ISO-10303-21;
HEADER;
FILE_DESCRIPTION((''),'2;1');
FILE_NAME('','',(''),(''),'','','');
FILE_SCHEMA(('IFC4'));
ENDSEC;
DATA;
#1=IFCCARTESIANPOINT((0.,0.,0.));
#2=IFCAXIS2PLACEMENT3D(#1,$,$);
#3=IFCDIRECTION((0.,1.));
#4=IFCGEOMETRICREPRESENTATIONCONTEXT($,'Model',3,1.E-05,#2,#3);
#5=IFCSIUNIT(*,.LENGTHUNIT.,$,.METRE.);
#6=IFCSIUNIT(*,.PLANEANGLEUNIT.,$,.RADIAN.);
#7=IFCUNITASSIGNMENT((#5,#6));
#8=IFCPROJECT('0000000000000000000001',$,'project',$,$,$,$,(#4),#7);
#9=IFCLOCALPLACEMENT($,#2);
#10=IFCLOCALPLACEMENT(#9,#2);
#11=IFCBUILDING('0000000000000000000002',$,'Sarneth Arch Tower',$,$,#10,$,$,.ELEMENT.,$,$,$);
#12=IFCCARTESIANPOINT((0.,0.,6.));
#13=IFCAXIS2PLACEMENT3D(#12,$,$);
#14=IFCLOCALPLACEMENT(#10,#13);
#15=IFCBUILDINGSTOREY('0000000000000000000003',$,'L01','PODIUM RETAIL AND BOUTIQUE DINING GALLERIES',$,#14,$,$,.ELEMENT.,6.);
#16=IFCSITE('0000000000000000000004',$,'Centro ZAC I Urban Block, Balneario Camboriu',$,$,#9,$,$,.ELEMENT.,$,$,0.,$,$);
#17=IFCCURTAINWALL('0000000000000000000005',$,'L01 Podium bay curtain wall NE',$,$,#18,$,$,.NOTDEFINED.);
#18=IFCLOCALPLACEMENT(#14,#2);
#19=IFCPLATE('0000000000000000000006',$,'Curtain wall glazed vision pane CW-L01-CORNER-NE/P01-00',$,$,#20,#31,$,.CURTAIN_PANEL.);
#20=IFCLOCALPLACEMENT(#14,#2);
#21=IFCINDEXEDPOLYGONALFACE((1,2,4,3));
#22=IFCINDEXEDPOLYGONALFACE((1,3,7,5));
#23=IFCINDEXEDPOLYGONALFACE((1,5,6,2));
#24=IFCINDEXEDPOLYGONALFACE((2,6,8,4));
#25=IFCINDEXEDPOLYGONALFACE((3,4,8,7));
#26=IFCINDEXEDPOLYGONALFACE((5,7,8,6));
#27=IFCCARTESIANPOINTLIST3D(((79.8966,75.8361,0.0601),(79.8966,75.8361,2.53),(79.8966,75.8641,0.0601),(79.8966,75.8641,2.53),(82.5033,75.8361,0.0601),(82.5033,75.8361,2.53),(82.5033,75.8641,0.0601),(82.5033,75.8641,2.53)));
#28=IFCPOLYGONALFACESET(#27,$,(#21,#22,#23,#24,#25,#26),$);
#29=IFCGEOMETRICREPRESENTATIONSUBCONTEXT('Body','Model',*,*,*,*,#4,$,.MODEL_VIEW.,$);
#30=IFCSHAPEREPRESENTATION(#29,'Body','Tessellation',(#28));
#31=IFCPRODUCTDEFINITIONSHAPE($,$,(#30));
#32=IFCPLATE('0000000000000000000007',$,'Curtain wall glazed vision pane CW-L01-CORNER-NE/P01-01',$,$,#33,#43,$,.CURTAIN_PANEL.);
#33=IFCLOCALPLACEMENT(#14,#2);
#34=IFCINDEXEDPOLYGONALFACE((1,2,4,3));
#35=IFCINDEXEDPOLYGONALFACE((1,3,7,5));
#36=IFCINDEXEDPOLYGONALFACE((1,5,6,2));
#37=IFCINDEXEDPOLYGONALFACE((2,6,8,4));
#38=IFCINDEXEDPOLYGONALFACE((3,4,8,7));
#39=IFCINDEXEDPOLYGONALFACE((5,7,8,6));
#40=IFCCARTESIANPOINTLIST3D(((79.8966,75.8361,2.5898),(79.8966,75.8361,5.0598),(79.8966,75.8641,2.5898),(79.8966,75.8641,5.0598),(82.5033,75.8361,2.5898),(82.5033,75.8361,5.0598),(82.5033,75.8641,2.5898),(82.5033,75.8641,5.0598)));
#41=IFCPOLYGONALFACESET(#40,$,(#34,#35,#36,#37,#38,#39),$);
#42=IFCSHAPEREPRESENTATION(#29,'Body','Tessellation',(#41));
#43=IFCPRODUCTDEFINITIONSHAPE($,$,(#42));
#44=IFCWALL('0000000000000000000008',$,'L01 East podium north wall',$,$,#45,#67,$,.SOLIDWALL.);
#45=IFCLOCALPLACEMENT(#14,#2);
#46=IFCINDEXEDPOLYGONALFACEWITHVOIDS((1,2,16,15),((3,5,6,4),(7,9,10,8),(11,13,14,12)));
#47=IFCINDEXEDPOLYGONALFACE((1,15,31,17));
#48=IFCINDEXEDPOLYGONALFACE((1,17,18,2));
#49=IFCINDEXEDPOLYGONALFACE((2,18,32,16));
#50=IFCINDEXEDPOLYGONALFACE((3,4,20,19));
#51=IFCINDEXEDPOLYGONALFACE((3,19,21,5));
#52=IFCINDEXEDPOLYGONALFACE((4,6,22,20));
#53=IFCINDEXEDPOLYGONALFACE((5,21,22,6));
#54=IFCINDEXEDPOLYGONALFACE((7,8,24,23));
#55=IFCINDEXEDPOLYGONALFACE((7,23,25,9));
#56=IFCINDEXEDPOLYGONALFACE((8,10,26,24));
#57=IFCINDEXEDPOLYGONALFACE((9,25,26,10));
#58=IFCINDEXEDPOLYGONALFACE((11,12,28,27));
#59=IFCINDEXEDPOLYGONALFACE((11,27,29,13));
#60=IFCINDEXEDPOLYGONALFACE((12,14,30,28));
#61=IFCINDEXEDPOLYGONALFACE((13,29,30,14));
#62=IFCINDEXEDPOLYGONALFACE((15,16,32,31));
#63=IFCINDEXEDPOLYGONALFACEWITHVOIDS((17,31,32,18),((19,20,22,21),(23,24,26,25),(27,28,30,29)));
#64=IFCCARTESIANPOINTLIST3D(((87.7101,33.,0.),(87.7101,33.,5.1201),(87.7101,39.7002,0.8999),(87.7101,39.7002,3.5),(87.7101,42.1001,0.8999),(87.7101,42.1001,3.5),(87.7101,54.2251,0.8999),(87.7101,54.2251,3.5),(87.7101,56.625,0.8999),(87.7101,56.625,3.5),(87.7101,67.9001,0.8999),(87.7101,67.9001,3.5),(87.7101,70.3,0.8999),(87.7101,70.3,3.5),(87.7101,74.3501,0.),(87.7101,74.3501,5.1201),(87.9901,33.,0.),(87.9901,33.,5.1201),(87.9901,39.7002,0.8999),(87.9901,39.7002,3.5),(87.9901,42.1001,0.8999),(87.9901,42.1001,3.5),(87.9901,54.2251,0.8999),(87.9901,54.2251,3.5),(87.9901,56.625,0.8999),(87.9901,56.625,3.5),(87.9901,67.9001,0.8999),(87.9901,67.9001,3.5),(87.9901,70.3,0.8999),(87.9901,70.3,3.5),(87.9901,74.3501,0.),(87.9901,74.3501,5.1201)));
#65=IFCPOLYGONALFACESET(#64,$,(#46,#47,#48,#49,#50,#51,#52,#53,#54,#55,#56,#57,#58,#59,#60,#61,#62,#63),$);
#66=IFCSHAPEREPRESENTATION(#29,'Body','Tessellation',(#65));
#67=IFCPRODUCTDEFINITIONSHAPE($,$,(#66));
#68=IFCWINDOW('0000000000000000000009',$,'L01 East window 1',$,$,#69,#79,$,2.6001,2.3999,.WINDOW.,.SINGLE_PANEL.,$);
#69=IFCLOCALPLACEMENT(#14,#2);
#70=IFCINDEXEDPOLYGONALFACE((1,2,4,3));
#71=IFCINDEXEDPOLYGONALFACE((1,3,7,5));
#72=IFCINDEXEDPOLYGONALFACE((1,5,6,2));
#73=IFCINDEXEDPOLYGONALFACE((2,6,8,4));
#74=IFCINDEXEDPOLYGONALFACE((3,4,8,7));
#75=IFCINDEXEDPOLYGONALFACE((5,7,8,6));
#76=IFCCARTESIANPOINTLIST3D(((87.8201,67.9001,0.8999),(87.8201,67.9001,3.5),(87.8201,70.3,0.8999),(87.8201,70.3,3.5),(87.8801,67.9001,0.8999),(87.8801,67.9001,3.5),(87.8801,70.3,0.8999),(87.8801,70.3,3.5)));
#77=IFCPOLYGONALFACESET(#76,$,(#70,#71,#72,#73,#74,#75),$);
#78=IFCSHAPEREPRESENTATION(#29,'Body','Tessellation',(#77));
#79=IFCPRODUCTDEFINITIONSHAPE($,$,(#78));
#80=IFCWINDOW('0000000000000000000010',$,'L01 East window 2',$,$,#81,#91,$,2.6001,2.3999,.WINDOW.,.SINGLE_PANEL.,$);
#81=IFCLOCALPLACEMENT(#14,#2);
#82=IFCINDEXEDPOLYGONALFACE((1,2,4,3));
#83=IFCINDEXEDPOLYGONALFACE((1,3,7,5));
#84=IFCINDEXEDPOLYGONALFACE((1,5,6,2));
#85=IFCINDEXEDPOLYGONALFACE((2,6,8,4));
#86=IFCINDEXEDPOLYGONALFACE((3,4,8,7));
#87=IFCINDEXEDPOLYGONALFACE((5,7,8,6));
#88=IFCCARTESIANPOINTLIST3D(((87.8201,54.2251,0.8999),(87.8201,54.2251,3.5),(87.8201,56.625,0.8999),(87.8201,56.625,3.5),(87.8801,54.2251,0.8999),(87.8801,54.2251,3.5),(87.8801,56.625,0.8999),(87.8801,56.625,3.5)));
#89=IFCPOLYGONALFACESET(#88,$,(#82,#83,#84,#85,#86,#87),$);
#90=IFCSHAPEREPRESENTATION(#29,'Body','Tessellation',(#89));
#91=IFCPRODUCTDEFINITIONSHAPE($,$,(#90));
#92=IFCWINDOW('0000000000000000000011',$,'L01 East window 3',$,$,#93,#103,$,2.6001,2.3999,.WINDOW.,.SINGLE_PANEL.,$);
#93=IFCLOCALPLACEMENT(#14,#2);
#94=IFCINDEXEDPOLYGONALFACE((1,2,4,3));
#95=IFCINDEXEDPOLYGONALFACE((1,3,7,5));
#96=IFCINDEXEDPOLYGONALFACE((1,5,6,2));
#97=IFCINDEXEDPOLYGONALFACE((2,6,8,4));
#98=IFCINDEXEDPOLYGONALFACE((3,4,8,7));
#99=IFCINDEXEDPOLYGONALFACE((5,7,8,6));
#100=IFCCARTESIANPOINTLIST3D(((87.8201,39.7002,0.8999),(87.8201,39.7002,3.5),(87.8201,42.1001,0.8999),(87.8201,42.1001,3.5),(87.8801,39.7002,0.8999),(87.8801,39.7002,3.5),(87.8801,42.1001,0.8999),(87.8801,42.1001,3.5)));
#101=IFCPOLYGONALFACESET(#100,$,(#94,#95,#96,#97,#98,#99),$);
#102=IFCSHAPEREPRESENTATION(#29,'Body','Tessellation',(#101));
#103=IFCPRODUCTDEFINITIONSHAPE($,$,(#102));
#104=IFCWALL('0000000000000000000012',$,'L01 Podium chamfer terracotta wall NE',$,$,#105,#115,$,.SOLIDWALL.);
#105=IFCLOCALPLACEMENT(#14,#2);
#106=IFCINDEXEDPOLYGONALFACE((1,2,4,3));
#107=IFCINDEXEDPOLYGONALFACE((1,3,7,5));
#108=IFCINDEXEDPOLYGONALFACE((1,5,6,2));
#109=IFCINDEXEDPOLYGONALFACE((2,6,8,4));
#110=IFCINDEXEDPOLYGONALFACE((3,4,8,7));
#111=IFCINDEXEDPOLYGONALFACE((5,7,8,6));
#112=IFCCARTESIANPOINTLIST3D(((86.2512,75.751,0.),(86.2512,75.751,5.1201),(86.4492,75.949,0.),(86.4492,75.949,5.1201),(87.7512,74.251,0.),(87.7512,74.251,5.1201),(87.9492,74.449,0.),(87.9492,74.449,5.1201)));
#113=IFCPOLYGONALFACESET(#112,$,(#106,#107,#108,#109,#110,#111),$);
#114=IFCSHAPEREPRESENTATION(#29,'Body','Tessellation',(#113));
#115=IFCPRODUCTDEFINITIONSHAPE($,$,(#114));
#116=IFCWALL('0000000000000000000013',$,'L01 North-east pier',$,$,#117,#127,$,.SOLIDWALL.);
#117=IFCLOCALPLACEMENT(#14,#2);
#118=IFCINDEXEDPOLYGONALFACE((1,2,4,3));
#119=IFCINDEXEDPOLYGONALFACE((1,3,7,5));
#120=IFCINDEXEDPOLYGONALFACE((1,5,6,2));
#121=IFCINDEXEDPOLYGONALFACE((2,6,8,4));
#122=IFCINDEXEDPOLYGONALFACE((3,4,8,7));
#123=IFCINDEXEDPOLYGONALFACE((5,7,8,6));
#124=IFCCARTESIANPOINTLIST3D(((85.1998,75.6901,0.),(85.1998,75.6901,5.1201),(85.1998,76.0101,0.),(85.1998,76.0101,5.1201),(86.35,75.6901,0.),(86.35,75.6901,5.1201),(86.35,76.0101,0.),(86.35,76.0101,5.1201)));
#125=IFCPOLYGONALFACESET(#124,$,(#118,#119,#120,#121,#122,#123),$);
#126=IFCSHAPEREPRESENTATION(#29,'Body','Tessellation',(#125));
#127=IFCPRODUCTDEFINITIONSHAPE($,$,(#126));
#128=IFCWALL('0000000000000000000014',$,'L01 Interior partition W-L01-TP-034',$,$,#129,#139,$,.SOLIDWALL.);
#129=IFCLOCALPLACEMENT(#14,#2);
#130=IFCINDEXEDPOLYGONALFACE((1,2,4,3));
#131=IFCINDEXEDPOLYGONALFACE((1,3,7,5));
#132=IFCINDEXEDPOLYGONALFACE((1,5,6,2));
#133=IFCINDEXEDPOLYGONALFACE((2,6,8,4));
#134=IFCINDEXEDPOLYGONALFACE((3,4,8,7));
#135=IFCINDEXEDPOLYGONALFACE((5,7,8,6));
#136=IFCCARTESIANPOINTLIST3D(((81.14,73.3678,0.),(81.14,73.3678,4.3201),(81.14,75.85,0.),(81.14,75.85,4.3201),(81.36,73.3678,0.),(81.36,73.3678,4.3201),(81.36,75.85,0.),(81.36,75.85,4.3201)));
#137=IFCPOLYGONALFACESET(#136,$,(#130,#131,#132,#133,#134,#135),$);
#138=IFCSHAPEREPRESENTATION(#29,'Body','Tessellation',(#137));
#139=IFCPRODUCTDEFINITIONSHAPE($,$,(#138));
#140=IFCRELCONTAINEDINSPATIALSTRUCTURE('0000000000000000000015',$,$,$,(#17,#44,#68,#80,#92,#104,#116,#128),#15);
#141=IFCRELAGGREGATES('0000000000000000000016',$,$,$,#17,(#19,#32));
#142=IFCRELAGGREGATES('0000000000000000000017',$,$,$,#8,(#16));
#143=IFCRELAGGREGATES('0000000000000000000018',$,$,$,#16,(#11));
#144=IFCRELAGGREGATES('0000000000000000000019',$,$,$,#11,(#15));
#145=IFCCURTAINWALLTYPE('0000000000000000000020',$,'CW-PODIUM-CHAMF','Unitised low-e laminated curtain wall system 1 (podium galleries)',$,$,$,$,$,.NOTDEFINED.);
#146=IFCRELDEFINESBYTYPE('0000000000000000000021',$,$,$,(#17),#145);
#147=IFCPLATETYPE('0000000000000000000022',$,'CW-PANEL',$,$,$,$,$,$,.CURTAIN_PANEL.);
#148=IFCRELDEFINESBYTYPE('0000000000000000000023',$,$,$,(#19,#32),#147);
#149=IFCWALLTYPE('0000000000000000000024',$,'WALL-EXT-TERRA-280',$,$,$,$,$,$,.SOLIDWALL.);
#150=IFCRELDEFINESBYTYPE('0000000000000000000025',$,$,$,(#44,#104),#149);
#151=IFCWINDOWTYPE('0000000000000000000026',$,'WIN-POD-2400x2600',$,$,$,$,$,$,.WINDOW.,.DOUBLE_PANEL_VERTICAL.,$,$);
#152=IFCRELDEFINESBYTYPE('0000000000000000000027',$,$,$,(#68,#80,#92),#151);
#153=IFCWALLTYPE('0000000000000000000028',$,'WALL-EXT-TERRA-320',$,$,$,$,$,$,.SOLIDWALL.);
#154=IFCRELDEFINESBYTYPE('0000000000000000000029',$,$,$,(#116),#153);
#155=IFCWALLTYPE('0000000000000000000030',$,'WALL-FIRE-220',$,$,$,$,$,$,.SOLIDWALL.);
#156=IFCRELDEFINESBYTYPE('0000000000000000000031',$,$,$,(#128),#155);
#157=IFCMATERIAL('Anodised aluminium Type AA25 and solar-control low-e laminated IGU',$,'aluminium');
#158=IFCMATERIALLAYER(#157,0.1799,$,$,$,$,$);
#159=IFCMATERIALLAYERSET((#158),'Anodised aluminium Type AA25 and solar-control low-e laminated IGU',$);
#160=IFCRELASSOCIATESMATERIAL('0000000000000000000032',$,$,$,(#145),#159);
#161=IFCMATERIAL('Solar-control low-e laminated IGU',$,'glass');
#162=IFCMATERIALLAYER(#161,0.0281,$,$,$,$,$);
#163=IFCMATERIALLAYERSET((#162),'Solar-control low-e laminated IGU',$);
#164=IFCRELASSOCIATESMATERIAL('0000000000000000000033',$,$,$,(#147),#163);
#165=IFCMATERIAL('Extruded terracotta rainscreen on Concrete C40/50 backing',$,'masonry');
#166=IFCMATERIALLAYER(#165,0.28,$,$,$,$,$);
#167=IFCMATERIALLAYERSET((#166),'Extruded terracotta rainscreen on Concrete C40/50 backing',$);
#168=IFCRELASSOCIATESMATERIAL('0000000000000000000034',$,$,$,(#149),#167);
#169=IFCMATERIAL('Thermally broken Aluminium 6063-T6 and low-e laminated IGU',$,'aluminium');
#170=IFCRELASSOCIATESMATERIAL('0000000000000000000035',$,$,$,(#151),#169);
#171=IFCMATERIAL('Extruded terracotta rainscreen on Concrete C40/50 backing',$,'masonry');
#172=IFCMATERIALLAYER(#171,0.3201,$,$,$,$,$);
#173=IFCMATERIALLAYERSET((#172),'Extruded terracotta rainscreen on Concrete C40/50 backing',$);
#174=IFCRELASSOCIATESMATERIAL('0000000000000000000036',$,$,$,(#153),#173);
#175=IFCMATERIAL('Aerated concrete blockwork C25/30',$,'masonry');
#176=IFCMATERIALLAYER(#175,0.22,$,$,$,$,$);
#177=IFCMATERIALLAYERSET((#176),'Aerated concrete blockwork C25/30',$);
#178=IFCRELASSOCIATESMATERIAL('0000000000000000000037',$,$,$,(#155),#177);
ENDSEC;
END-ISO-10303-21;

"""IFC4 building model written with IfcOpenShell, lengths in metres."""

from ifc_helpers import new_model, si_unit, direction, frame, frame_2d, origin, origin_2d, place, context, subcontext, project, spatial, rectangle, extrude, material, layer, layer_set, type_object, element, fill, aggregate, save


model = new_model("IFC4")

# Units and contexts
model_context = context("Model", 3, precision=1e-05, world=origin(), true_north=direction((0.0, 1.0)))
body_context = subcontext(model_context, "Body", "Model", "MODEL_VIEW")
ifc_project = project(units=[si_unit("LENGTHUNIT", "METRE"), si_unit("PLANEANGLEUNIT", "RADIAN")], contexts=[model_context])

# Site, building, storey
site_placement = place(None, origin())
site = spatial("IfcSite", under=ifc_project, at=site_placement, Name="Centro ZAC I Urban Block, Balneario Camboriu", CompositionType="ELEMENT", RefElevation=0.0)
building_placement = place(site_placement, origin())
building = spatial("IfcBuilding", under=site, at=building_placement, Name="Sarneth Arch Tower", CompositionType="ELEMENT")
storey_placement = place(building_placement, frame((0.0, 0.0, 6.0)))
storey = spatial("IfcBuildingStorey", under=building, at=storey_placement, Name="L01", Description="PODIUM RETAIL AND BOUTIQUE DINING GALLERIES", CompositionType="ELEMENT", Elevation=6.0)

# Curtain wall, plates
ifc_material_1 = material(Name="Anodised aluminium Type AA25 and solar-control low-e laminated IGU", Category="aluminium")
ifc_layer_1 = layer(ifc_material_1, 0.1799)
ifc_layer_set_1 = layer_set([ifc_layer_1], Name="Anodised aluminium Type AA25 and solar-control low-e laminated IGU")
curtain_wall_type = type_object("IfcCurtainWallType", Name="CW-PODIUM-CHAMF", Description="Unitised low-e laminated curtain wall system 1 (podium galleries)", PredefinedType="NOTDEFINED", material=ifc_layer_set_1)
curtain_wall_placement = place(storey_placement, origin())
curtain_wall = element("IfcCurtainWall", 1, at=curtain_wall_placement, inside=storey, type_object=curtain_wall_type, Name="L01 Podium bay curtain wall NE", PredefinedType="NOTDEFINED")
ifc_material_2 = material(Name="Solar-control low-e laminated IGU", Category="glass")
ifc_layer_2 = layer(ifc_material_2, 0.0281)
ifc_layer_set_2 = layer_set([ifc_layer_2], Name="Solar-control low-e laminated IGU")
plate_type = type_object("IfcPlateType", Name="CW-PANEL", PredefinedType="CURTAIN_PANEL", material=ifc_layer_set_2)
plate_1_placement = place(storey_placement, frame((81.2, 75.8501, 0.0601), z_axis=(0.0, 0.0, 1.0), x_axis=(-1.0, 0.0, 0.0)))
plate_1 = element("IfcPlate", 2, at=plate_1_placement, type_object=plate_type, Name="Curtain wall glazed vision pane CW-L01-CORNER-NE/P01-00", PredefinedType="CURTAIN_PANEL", context=body_context, shape_type="SweptSolid", body=[
    extrude(rectangle(XDim=2.6067, YDim=0.0281, at=origin_2d()), origin(), (0.0, 0.0, 1.0), 2.47),
])
plate_2_placement = place(storey_placement, frame((81.2, 75.8501, 2.5898), z_axis=(0.0, 0.0, 1.0), x_axis=(-1.0, 0.0, 0.0)))
plate_2 = element("IfcPlate", 3, at=plate_2_placement, type_object=plate_type, Name="Curtain wall glazed vision pane CW-L01-CORNER-NE/P01-01", PredefinedType="CURTAIN_PANEL", context=body_context, shape_type="SweptSolid", body=[
    extrude(rectangle(XDim=2.6067, YDim=0.0281, at=origin_2d()), origin(), (0.0, 0.0, 1.0), 2.47),
])
aggregate(curtain_wall, [plate_1, plate_2])

# Wall, openings, windows
ifc_material_3 = material(Name="Extruded terracotta rainscreen on Concrete C40/50 backing", Category="masonry")
ifc_layer_3 = layer(ifc_material_3, 0.28)
ifc_layer_set_3 = layer_set([ifc_layer_3], Name="Extruded terracotta rainscreen on Concrete C40/50 backing")
wall_type_1 = type_object("IfcWallType", Name="WALL-EXT-TERRA-280", PredefinedType="SOLIDWALL", material=ifc_layer_set_3)
wall_1_placement = place(storey_placement, frame((87.8501, 74.3501, 0.0), z_axis=(0.0, 0.0, 1.0), x_axis=(0.0, -1.0, 0.0)))
wall_1 = element("IfcWall", 4, at=wall_1_placement, inside=storey, type_object=wall_type_1, Name="L01 East podium north wall", PredefinedType="SOLIDWALL", context=body_context, shape_type="SweptSolid", body=[
    extrude(rectangle(XDim=41.3501, YDim=0.28, at=frame_2d((20.675, 0.0))), origin(), (0.0, 0.0, 1.0), 5.1201),
])
opening_1_placement = place(wall_1_placement, frame((4.05, 0.0, 0.8999)))
opening_1 = element("IfcOpeningElement", 5, at=opening_1_placement, cuts=wall_1, PredefinedType="OPENING", context=body_context, shape_type="SweptSolid", body=[
    extrude(rectangle(XDim=2.3999, YDim=2.6001, at=frame_2d((1.2, 1.3))), frame((0.0, 0.1499, 0.0), z_axis=(0.0, -1.0, 0.0), x_axis=(1.0, 0.0, 0.0)), (0.0, 0.0, 1.0), 0.3),
])
opening_2_placement = place(wall_1_placement, frame((17.7251, 0.0, 0.8999)))
opening_2 = element("IfcOpeningElement", 6, at=opening_2_placement, cuts=wall_1, PredefinedType="OPENING", context=body_context, shape_type="SweptSolid", body=[
    extrude(rectangle(XDim=2.3999, YDim=2.6001, at=frame_2d((1.2, 1.3))), frame((0.0, 0.1499, 0.0), z_axis=(0.0, -1.0, 0.0), x_axis=(1.0, 0.0, 0.0)), (0.0, 0.0, 1.0), 0.3),
])
opening_3_placement = place(wall_1_placement, frame((32.25, 0.0, 0.8999)))
opening_3 = element("IfcOpeningElement", 7, at=opening_3_placement, cuts=wall_1, PredefinedType="OPENING", context=body_context, shape_type="SweptSolid", body=[
    extrude(rectangle(XDim=2.3999, YDim=2.6001, at=frame_2d((1.2, 1.3))), frame((0.0, 0.1499, 0.0), z_axis=(0.0, -1.0, 0.0), x_axis=(1.0, 0.0, 0.0)), (0.0, 0.0, 1.0), 0.3),
])
ifc_material_4 = material(Name="Thermally broken Aluminium 6063-T6 and low-e laminated IGU", Category="aluminium")
window_type = type_object("IfcWindowType", Name="WIN-POD-2400x2600", PartitioningType="DOUBLE_PANEL_VERTICAL", PredefinedType="WINDOW", material=ifc_material_4)
window_1_placement = place(opening_1_placement, origin())
window_1 = element("IfcWindow", 8, at=window_1_placement, inside=storey, type_object=window_type, Name="L01 East window 1", OverallHeight=2.6001, OverallWidth=2.3999, PartitioningType="SINGLE_PANEL", PredefinedType="WINDOW", context=body_context, shape_type="SweptSolid", body=[
    extrude(rectangle(XDim=2.3999, YDim=2.6001, at=frame_2d((1.2, 1.3))), frame((0.0, 0.03, 0.0), z_axis=(0.0, -1.0, 0.0), x_axis=(1.0, 0.0, 0.0)), (0.0, 0.0, 1.0), 0.0601),
])
fill(opening_1, window_1)
window_2_placement = place(opening_2_placement, origin())
window_2 = element("IfcWindow", 9, at=window_2_placement, inside=storey, type_object=window_type, Name="L01 East window 2", OverallHeight=2.6001, OverallWidth=2.3999, PartitioningType="SINGLE_PANEL", PredefinedType="WINDOW", context=body_context, shape_type="SweptSolid", body=[
    extrude(rectangle(XDim=2.3999, YDim=2.6001, at=frame_2d((1.2, 1.3))), frame((0.0, 0.03, 0.0), z_axis=(0.0, -1.0, 0.0), x_axis=(1.0, 0.0, 0.0)), (0.0, 0.0, 1.0), 0.0601),
])
fill(opening_2, window_2)
window_3_placement = place(opening_3_placement, origin())
window_3 = element("IfcWindow", 10, at=window_3_placement, inside=storey, type_object=window_type, Name="L01 East window 3", OverallHeight=2.6001, OverallWidth=2.3999, PartitioningType="SINGLE_PANEL", PredefinedType="WINDOW", context=body_context, shape_type="SweptSolid", body=[
    extrude(rectangle(XDim=2.3999, YDim=2.6001, at=frame_2d((1.2, 1.3))), frame((0.0, 0.03, 0.0), z_axis=(0.0, -1.0, 0.0), x_axis=(1.0, 0.0, 0.0)), (0.0, 0.0, 1.0), 0.0601),
])
fill(opening_3, window_3)

# Walls
wall_2_placement = place(storey_placement, frame((87.8501, 74.3501, 0.0), z_axis=(0.0, 0.0, 1.0), x_axis=(-0.707107, 0.707107, 0.0)))
element("IfcWall", 11, at=wall_2_placement, inside=storey, type_object=wall_type_1, Name="L01 Podium chamfer terracotta wall NE", PredefinedType="SOLIDWALL", context=body_context, shape_type="SweptSolid", body=[
    extrude(rectangle(XDim=2.1213, YDim=0.28, at=frame_2d((1.0605, 0.0))), origin(), (0.0, 0.0, 1.0), 5.1201),
])
ifc_material_5 = material(Name="Extruded terracotta rainscreen on Concrete C40/50 backing", Category="masonry")
ifc_layer_4 = layer(ifc_material_5, 0.3201)
ifc_layer_set_4 = layer_set([ifc_layer_4], Name="Extruded terracotta rainscreen on Concrete C40/50 backing")
wall_type_2 = type_object("IfcWallType", Name="WALL-EXT-TERRA-320", PredefinedType="SOLIDWALL", material=ifc_layer_set_4)
wall_3_placement = place(storey_placement, frame((86.3501, 75.8501, 0.0), z_axis=(0.0, 0.0, 1.0), x_axis=(-1.0, 0.0, 0.0)))
element("IfcWall", 12, at=wall_3_placement, inside=storey, type_object=wall_type_2, Name="L01 North-east pier", PredefinedType="SOLIDWALL", context=body_context, shape_type="SweptSolid", body=[
    extrude(rectangle(XDim=1.1501, YDim=0.3201, at=frame_2d((0.5752, 0.0))), origin(), (0.0, 0.0, 1.0), 5.1201),
])
ifc_material_6 = material(Name="Aerated concrete blockwork C25/30", Category="masonry")
ifc_layer_5 = layer(ifc_material_6, 0.22)
ifc_layer_set_5 = layer_set([ifc_layer_5], Name="Aerated concrete blockwork C25/30")
wall_type_3 = type_object("IfcWallType", Name="WALL-FIRE-220", PredefinedType="SOLIDWALL", material=ifc_layer_set_5)
wall_4_placement = place(storey_placement, frame((81.25, 75.8501, 0.0), z_axis=(0.0, 0.0, 1.0), x_axis=(0.0, -1.0, 0.0)))
element("IfcWall", 13, at=wall_4_placement, inside=storey, type_object=wall_type_3, Name="L01 Interior partition W-L01-TP-034", PredefinedType="SOLIDWALL", context=body_context, shape_type="SweptSolid", body=[
    extrude(rectangle(XDim=2.4822, YDim=0.22, at=frame_2d((1.2412, 0.0))), origin(), (0.0, 0.0, 1.0), 4.3201),
])

save(model, "model.ifc")
